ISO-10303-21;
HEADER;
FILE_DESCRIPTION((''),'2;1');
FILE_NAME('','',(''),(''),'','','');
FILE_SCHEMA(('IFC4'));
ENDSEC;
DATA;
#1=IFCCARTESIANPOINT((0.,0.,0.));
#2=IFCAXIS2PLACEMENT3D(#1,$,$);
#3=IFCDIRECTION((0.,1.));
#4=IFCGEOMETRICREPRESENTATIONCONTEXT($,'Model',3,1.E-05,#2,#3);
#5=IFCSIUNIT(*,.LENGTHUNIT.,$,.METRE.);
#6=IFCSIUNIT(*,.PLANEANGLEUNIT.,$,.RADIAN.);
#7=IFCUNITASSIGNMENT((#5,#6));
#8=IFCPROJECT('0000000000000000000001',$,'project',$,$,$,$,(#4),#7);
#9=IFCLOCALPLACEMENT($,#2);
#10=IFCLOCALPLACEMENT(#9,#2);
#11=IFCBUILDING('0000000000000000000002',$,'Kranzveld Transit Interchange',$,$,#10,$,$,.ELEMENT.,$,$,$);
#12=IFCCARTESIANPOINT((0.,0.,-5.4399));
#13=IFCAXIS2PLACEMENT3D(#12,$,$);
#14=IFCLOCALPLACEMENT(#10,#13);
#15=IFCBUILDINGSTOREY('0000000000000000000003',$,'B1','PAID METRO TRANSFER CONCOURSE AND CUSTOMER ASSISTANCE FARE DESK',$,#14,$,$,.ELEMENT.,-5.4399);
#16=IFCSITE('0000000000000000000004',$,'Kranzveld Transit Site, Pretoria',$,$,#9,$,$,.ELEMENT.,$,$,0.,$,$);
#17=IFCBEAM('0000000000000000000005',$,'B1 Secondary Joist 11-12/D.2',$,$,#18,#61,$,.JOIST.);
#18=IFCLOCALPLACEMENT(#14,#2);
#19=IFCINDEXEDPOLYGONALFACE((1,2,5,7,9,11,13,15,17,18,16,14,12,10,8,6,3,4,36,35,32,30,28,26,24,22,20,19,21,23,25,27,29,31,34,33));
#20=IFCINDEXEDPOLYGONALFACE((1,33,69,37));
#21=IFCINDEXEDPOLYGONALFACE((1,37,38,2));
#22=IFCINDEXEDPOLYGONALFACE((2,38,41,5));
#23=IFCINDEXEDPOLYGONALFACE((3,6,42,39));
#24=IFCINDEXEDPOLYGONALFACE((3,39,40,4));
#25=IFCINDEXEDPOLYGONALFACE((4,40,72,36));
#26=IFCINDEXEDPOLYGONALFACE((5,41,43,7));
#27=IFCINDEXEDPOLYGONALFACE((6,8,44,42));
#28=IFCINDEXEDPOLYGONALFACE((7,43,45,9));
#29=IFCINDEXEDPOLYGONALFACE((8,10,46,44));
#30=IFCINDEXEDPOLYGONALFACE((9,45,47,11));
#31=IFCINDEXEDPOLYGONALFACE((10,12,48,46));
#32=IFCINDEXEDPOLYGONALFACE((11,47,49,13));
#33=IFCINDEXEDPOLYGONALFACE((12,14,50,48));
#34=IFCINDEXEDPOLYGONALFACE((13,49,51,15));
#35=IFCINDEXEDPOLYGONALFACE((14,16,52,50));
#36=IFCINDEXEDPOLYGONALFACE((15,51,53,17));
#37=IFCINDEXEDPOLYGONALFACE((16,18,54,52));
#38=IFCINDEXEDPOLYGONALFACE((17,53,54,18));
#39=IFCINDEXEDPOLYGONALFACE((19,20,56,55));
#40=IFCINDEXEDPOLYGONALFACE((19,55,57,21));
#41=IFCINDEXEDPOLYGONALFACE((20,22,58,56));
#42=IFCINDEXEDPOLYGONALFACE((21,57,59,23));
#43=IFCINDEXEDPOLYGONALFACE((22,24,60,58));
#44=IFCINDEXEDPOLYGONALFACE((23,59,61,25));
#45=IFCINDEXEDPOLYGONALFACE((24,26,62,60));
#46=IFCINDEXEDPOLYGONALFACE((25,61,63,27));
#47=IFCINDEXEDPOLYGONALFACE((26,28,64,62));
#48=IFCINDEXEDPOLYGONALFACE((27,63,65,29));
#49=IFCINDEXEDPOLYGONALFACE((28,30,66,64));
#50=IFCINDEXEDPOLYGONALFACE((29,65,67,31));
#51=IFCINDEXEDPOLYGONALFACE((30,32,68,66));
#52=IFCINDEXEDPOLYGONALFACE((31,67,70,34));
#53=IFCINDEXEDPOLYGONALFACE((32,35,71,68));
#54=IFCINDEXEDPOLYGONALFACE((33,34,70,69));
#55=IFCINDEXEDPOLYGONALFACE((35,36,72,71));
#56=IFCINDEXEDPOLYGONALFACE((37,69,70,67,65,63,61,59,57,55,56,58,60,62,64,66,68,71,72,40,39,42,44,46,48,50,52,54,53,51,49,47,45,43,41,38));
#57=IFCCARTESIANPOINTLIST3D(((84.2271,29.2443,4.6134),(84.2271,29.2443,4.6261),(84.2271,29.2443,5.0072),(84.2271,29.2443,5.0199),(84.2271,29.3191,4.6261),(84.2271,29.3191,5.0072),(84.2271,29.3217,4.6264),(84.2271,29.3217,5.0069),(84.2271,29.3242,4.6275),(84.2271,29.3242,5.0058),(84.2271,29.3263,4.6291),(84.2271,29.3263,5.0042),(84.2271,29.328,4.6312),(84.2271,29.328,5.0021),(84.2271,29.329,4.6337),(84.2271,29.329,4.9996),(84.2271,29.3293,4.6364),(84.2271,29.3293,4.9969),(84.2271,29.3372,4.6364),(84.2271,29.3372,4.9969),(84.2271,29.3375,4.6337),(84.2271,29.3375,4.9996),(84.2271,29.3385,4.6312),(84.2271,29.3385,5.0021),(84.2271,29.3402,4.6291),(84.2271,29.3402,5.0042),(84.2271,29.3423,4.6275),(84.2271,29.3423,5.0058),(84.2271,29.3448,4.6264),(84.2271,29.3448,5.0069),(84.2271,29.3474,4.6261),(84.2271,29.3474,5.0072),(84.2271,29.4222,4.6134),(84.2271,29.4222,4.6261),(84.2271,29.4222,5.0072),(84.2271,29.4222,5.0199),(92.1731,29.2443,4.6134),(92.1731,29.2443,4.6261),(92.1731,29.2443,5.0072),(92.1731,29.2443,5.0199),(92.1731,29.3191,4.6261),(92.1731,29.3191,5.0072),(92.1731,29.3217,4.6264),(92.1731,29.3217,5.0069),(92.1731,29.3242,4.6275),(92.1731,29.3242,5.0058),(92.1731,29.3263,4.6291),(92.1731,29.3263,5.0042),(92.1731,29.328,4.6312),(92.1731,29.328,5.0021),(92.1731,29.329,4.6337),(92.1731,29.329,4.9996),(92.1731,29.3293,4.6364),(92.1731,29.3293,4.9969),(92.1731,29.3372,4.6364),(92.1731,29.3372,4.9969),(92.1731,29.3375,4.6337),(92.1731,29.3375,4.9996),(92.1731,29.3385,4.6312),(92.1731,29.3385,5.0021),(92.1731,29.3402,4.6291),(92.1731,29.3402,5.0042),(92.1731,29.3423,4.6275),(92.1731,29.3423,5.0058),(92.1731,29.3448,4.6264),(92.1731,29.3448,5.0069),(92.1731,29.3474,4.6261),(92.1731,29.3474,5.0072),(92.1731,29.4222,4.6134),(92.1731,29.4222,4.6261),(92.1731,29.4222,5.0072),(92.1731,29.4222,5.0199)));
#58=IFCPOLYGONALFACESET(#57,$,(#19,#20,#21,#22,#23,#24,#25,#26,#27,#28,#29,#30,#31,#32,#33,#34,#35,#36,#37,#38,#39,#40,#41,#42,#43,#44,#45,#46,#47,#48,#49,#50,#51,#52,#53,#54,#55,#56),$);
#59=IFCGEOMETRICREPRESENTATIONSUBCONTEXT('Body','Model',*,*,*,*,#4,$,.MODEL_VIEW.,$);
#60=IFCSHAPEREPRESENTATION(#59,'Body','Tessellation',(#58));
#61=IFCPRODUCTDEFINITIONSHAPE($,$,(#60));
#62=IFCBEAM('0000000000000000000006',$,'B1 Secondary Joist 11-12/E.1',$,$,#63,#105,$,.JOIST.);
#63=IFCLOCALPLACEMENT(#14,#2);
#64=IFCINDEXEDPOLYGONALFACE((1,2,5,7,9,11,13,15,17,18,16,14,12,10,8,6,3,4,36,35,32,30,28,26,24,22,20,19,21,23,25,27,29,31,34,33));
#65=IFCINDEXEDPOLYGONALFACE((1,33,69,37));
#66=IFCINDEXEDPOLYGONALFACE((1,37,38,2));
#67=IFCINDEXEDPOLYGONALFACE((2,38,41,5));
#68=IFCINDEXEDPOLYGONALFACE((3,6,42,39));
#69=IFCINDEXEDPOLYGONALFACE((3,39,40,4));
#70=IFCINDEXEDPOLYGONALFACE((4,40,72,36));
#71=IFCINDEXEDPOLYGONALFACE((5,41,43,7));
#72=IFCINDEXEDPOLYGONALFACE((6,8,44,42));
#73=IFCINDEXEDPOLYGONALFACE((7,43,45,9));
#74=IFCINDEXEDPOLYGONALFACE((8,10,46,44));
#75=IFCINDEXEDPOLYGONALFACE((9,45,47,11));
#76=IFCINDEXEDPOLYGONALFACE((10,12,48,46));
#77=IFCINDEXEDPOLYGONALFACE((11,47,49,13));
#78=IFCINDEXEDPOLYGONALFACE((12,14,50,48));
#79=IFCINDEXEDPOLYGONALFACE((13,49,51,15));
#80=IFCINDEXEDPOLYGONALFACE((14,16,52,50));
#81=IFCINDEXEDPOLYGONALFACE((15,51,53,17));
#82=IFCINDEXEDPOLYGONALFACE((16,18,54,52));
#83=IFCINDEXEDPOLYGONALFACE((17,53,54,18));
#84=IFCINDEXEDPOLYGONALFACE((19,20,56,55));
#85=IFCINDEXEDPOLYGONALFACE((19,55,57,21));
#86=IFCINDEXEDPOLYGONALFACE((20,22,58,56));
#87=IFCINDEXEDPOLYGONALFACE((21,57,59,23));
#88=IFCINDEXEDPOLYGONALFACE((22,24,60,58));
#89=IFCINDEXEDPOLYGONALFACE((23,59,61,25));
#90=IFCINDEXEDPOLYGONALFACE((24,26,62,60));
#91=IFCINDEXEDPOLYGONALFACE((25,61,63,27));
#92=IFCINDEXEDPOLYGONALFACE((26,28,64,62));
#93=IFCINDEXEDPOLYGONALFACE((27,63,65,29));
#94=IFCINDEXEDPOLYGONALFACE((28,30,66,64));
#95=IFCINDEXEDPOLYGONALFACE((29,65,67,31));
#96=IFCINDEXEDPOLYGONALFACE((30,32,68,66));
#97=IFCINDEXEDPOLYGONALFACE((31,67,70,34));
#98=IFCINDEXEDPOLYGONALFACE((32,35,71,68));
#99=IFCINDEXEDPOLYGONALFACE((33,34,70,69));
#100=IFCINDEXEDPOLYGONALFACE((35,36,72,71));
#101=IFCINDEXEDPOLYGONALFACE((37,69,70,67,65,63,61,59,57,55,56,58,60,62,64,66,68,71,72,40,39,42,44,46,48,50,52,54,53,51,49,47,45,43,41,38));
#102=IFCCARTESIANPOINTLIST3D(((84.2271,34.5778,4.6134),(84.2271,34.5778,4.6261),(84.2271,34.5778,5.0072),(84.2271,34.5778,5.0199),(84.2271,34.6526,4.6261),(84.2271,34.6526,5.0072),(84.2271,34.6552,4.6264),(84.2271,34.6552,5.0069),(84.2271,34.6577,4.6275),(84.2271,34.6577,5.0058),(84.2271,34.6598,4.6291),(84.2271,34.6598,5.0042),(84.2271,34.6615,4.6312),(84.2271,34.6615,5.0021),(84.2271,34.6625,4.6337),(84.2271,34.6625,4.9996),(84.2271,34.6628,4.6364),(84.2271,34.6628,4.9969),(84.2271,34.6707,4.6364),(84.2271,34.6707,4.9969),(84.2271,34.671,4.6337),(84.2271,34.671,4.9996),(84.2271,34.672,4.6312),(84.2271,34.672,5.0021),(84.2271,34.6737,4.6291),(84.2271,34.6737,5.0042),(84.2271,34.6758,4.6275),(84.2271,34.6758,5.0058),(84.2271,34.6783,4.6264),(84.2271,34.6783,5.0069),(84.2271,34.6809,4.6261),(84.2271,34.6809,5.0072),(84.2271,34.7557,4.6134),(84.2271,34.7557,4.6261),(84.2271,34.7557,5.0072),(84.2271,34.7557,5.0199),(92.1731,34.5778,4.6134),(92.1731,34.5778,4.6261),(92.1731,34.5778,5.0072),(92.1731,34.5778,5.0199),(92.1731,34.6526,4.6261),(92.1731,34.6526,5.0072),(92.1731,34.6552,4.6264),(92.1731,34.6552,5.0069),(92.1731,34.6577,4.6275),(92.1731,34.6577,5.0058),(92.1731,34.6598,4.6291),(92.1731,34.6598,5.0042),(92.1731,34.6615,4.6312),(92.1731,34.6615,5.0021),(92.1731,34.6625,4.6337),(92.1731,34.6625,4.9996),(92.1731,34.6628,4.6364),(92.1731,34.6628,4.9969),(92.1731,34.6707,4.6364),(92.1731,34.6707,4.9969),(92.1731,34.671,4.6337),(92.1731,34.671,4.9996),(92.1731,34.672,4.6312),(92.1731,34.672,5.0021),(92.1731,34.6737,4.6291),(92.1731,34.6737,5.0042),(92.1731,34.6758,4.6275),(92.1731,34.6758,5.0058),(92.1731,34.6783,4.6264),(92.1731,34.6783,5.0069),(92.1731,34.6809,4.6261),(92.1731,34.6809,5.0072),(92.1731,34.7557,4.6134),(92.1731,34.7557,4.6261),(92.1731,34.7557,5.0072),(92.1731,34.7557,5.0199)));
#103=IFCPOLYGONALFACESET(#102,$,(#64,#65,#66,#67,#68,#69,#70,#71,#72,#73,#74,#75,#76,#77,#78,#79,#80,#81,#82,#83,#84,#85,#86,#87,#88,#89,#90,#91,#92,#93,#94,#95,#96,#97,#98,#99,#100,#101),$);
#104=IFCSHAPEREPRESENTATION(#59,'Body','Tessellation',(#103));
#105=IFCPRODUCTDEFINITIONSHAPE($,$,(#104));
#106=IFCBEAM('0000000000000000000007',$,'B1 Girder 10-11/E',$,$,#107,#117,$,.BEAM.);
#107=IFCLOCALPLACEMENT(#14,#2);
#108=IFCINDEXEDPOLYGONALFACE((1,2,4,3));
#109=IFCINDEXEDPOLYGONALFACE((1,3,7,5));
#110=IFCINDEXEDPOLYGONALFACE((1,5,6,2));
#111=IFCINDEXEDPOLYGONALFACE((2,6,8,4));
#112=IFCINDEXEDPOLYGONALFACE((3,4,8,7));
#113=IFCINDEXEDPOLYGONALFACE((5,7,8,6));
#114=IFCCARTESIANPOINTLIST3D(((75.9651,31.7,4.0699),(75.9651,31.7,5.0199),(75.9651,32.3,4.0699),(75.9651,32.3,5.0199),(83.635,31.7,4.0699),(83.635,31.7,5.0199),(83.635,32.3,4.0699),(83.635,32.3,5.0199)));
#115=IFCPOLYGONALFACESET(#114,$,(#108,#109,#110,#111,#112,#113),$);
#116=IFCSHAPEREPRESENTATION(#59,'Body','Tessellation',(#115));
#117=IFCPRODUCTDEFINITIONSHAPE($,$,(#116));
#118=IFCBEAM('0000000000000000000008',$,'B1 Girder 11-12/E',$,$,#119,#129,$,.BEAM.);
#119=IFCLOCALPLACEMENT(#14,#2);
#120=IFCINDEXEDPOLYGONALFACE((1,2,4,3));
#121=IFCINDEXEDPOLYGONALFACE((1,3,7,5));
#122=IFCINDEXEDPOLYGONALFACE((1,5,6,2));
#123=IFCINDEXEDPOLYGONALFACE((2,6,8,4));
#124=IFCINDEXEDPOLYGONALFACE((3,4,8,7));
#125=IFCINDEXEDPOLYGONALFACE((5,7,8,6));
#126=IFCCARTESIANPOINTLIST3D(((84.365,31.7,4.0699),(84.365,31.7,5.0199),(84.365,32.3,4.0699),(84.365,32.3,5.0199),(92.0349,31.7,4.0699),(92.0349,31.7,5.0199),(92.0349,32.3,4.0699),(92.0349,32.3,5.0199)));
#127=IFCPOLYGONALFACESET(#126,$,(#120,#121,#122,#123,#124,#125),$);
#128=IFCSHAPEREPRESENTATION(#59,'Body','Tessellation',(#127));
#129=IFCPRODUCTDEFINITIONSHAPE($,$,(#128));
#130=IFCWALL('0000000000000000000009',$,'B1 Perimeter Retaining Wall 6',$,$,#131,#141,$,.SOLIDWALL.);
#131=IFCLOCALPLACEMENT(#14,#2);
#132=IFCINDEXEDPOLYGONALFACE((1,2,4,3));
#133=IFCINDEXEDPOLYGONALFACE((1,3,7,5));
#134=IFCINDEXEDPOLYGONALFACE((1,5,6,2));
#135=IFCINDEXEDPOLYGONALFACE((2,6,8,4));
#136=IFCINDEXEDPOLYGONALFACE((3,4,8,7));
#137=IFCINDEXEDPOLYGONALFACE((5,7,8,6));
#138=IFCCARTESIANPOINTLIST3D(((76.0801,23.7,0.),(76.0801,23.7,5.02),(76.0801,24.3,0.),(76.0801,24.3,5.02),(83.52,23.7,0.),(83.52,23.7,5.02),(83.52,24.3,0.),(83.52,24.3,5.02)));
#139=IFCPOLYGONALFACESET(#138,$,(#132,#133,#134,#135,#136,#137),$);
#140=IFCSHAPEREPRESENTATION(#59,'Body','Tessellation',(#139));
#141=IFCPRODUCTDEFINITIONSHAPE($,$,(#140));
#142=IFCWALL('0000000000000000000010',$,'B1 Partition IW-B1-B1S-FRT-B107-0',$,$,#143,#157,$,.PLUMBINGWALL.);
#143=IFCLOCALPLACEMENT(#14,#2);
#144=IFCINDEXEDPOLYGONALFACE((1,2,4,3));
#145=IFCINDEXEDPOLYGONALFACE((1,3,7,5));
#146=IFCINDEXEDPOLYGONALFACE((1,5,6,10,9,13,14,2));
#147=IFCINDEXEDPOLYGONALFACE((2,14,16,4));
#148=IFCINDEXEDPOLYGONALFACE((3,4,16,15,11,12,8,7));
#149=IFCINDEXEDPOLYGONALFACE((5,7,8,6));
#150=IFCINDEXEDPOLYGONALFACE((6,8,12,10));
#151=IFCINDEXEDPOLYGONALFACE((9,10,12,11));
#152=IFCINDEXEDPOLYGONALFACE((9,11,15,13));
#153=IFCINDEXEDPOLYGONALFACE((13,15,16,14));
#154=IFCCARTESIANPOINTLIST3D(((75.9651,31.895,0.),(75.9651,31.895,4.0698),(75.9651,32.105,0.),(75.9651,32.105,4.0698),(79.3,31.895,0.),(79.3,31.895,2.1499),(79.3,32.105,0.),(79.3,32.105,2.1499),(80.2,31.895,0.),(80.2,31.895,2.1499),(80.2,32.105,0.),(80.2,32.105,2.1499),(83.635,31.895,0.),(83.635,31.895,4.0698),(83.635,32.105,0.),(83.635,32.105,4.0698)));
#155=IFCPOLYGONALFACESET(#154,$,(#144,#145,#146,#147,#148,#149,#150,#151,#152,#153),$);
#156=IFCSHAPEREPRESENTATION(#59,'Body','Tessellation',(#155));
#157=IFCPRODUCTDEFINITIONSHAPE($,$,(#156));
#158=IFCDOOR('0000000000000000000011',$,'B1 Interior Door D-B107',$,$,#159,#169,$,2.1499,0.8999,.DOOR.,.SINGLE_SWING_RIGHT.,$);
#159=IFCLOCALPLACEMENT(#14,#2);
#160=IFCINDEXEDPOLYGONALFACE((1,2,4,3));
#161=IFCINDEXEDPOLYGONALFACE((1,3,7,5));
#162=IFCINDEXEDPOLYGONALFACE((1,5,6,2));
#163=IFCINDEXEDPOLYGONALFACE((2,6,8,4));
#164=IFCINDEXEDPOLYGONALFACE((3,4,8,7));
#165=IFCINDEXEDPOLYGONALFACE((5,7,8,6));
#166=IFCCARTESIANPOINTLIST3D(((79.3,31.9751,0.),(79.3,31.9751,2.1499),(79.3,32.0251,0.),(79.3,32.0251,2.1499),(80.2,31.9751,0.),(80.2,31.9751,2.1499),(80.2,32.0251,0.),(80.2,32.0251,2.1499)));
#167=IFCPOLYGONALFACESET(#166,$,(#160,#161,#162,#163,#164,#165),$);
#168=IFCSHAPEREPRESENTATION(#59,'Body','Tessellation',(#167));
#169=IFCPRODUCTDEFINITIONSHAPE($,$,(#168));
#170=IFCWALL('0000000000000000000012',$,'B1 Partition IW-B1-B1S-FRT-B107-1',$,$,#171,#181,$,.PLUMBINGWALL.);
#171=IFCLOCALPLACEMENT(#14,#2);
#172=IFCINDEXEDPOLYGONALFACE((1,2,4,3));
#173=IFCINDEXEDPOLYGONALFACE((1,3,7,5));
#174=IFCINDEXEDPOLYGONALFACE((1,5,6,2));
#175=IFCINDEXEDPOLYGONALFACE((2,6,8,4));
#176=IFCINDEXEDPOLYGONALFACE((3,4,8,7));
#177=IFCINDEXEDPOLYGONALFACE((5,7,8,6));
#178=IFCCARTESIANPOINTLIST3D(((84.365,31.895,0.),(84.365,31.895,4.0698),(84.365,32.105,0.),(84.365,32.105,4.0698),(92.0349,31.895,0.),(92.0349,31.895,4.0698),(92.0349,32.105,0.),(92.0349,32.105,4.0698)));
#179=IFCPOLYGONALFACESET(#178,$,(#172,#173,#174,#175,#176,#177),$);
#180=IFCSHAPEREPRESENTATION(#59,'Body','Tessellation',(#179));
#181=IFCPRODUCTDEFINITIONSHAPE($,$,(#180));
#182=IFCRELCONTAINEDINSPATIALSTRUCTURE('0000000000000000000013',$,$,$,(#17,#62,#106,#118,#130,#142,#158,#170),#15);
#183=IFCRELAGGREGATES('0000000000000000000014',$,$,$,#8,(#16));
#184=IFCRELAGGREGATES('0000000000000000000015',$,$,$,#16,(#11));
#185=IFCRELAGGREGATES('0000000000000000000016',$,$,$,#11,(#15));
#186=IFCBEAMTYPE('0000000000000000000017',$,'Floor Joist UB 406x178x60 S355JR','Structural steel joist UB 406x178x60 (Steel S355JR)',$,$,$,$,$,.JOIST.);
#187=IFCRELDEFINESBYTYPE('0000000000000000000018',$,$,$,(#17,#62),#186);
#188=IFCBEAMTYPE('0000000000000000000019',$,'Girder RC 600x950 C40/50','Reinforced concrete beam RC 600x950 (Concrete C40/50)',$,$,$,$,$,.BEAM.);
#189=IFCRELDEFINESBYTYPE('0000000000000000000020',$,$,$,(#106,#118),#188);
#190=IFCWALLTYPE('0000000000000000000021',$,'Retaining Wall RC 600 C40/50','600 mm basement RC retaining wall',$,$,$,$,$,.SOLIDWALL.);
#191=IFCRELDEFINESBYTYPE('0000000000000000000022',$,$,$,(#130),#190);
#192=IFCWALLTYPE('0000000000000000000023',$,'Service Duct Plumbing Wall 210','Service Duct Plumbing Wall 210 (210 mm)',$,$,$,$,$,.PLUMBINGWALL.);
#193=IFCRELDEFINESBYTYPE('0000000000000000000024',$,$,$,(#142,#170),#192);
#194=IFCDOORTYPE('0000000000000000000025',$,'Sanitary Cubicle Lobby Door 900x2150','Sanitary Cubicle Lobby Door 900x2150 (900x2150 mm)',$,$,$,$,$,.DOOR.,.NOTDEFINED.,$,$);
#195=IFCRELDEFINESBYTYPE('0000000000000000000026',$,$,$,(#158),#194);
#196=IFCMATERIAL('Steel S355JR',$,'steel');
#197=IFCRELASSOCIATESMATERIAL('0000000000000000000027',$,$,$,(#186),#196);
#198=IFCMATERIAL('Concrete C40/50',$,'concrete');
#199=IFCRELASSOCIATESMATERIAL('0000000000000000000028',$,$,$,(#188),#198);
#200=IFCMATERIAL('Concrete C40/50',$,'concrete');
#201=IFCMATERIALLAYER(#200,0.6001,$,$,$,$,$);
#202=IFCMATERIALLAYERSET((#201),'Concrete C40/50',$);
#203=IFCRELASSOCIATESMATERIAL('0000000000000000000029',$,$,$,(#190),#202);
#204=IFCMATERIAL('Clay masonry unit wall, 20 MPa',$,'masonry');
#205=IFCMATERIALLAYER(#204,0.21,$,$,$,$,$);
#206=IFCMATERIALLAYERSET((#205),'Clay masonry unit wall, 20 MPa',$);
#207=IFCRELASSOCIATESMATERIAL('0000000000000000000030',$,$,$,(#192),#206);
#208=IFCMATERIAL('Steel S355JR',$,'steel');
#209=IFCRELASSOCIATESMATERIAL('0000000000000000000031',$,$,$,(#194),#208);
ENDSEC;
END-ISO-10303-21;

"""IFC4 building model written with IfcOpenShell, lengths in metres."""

from ifc_helpers import new_model, si_unit, direction, frame, frame_2d, origin, origin_2d, place, context, subcontext, project, spatial, rectangle, i_section, extrude, material, layer, layer_set, material_profile, profile_set, type_object, element, fill, save


model = new_model("IFC4")

# Units and contexts
model_context = context("Model", 3, precision=1e-05, world=origin(), true_north=direction((0.0, 1.0)))
body_context = subcontext(model_context, "Body", "Model", "MODEL_VIEW")
ifc_project = project(units=[si_unit("LENGTHUNIT", "METRE"), si_unit("PLANEANGLEUNIT", "RADIAN")], contexts=[model_context])

# Site, building, storey
site_placement = place(None, origin())
site = spatial("IfcSite", under=ifc_project, at=site_placement, Name="Kranzveld Transit Site, Pretoria", CompositionType="ELEMENT", RefElevation=0.0)
building_placement = place(site_placement, origin())
building = spatial("IfcBuilding", under=site, at=building_placement, Name="Kranzveld Transit Interchange", CompositionType="ELEMENT")
storey_placement = place(building_placement, frame((0.0, 0.0, -5.4399)))
storey = spatial("IfcBuildingStorey", under=building, at=storey_placement, Name="B1", Description="PAID METRO TRANSFER CONCOURSE AND CUSTOMER ASSISTANCE FARE DESK", CompositionType="ELEMENT", Elevation=-5.4399)

# Beams
ifc_material_1 = material(Name="Steel S355JR", Category="steel")
ifc_material_profile_1 = material_profile(ifc_material_1, i_section(OverallWidth=0.178, OverallDepth=0.4065, WebThickness=0.0078, FlangeThickness=0.0127, FilletRadius=0.0103, at=origin_2d()), Name="UB 406x178x60")
ifc_profile_set_1 = profile_set([ifc_material_profile_1], Name="Steel S355JR")
beam_type_1 = type_object("IfcBeamType", Name="Floor Joist UB 406x178x60 S355JR", Description="Structural steel joist UB 406x178x60 (Steel S355JR)", PredefinedType="JOIST", material=ifc_profile_set_1)
for number, where, z_axis, x_axis, name in (
    (1, (84.2271, 29.3333, 4.8167), (1.0, 0.0, 0.0), (0.0, 1.0, 0.0), "B1 Secondary Joist 11-12/D.2"),
    (2, (84.2271, 34.6667, 4.8167), (1.0, 0.0, 0.0), (0.0, 1.0, 0.0), "B1 Secondary Joist 11-12/E.1"),
):
    element("IfcBeam", number, at=place(storey_placement, frame(where, z_axis=z_axis, x_axis=x_axis)), inside=storey, type_object=beam_type_1, Name=name, PredefinedType="JOIST", context=body_context, shape_type="SweptSolid", body=[
        extrude(i_section(OverallWidth=0.178, OverallDepth=0.4065, WebThickness=0.0078, FlangeThickness=0.0127, FilletRadius=0.0103, at=origin_2d()), origin(), (0.0, 0.0, 1.0), 7.946),
    ])
ifc_material_2 = material(Name="Concrete C40/50", Category="concrete")
ifc_material_profile_2 = material_profile(ifc_material_2, rectangle(XDim=0.6001, YDim=0.95, at=origin_2d()), Name="RC 600x950")
ifc_profile_set_2 = profile_set([ifc_material_profile_2], Name="Concrete C40/50")
beam_type_2 = type_object("IfcBeamType", Name="Girder RC 600x950 C40/50", Description="Reinforced concrete beam RC 600x950 (Concrete C40/50)", PredefinedType="BEAM", material=ifc_profile_set_2)
for number, where, z_axis, x_axis, name in (
    (3, (75.9651, 32.0, 4.5449), (1.0, 0.0, 0.0), (0.0, 1.0, 0.0), "B1 Girder 10-11/E"),
    (4, (84.365, 32.0, 4.5449), (1.0, 0.0, 0.0), (0.0, 1.0, 0.0), "B1 Girder 11-12/E"),
):
    element("IfcBeam", number, at=place(storey_placement, frame(where, z_axis=z_axis, x_axis=x_axis)), inside=storey, type_object=beam_type_2, Name=name, PredefinedType="BEAM", context=body_context, shape_type="SweptSolid", body=[
        extrude(rectangle(XDim=0.6001, YDim=0.95, at=origin_2d()), origin(), (0.0, 0.0, 1.0), 7.6699),
    ])

# Wall
ifc_material_3 = material(Name="Concrete C40/50", Category="concrete")
ifc_layer_1 = layer(ifc_material_3, 0.6001)
ifc_layer_set_1 = layer_set([ifc_layer_1], Name="Concrete C40/50")
wall_type_1 = type_object("IfcWallType", Name="Retaining Wall RC 600 C40/50", Description="600 mm basement RC retaining wall", PredefinedType="SOLIDWALL", material=ifc_layer_set_1)
wall_1_placement = place(storey_placement, frame((76.0801, 24.0, 0.0), z_axis=(0.0, 0.0, 1.0), x_axis=(1.0, 0.0, 0.0)))
element("IfcWall", 5, at=wall_1_placement, inside=storey, type_object=wall_type_1, Name="B1 Perimeter Retaining Wall 6", PredefinedType="SOLIDWALL", context=body_context, shape_type="SweptSolid", body=[
    extrude(rectangle(XDim=7.4399, YDim=0.6001, at=frame_2d((3.72, 0.0))), origin(), (0.0, 0.0, 1.0), 5.02),
])

# Wall, opening, door
ifc_material_4 = material(Name="Clay masonry unit wall, 20 MPa", Category="masonry")
ifc_layer_2 = layer(ifc_material_4, 0.21)
ifc_layer_set_2 = layer_set([ifc_layer_2], Name="Clay masonry unit wall, 20 MPa")
wall_type_2 = type_object("IfcWallType", Name="Service Duct Plumbing Wall 210", Description="Service Duct Plumbing Wall 210 (210 mm)", PredefinedType="PLUMBINGWALL", material=ifc_layer_set_2)
wall_2_placement = place(storey_placement, frame((75.9651, 32.0, 0.0), z_axis=(0.0, 0.0, 1.0), x_axis=(1.0, 0.0, 0.0)))
wall_2 = element("IfcWall", 6, at=wall_2_placement, inside=storey, type_object=wall_type_2, Name="B1 Partition IW-B1-B1S-FRT-B107-0", PredefinedType="PLUMBINGWALL", context=body_context, shape_type="SweptSolid", body=[
    extrude(rectangle(XDim=7.6699, YDim=0.21, at=frame_2d((3.835, 0.0))), origin(), (0.0, 0.0, 1.0), 4.0698),
])
opening_placement = place(wall_2_placement, frame((4.2349, 0.0, 0.0), z_axis=(0.0, 0.0, 1.0), x_axis=(-1.0, 0.0, 0.0)))
opening = element("IfcOpeningElement", 7, at=opening_placement, cuts=wall_2, PredefinedType="OPENING", context=body_context, shape_type="SweptSolid", body=[
    extrude(rectangle(XDim=0.8999, YDim=2.1499, at=frame_2d((0.45, 1.075))), frame((0.0, 0.115, 0.0), z_axis=(0.0, -1.0, 0.0), x_axis=(1.0, 0.0, 0.0)), (0.0, 0.0, 1.0), 0.23),
])
ifc_material_5 = material(Name="Steel S355JR", Category="steel")
door_type = type_object("IfcDoorType", Name="Sanitary Cubicle Lobby Door 900x2150", Description="Sanitary Cubicle Lobby Door 900x2150 (900x2150 mm)", OperationType="NOTDEFINED", PredefinedType="DOOR", material=ifc_material_5)
door_placement = place(opening_placement, origin())
door = element("IfcDoor", 8, at=door_placement, inside=storey, type_object=door_type, Name="B1 Interior Door D-B107", OperationType="SINGLE_SWING_RIGHT", OverallHeight=2.1499, OverallWidth=0.8999, PredefinedType="DOOR", context=body_context, shape_type="SweptSolid", body=[
    extrude(rectangle(XDim=0.8999, YDim=2.1499, at=frame_2d((0.45, 1.075))), frame((0.0, 0.0249, 0.0), z_axis=(0.0, -1.0, 0.0), x_axis=(1.0, 0.0, 0.0)), (0.0, 0.0, 1.0), 0.05),
])
fill(opening, door)

# Wall
wall_3_placement = place(storey_placement, frame((84.365, 32.0, 0.0), z_axis=(0.0, 0.0, 1.0), x_axis=(1.0, 0.0, 0.0)))
element("IfcWall", 9, at=wall_3_placement, inside=storey, type_object=wall_type_2, Name="B1 Partition IW-B1-B1S-FRT-B107-1", PredefinedType="PLUMBINGWALL", context=body_context, shape_type="SweptSolid", body=[
    extrude(rectangle(XDim=7.6699, YDim=0.21, at=frame_2d((3.835, 0.0))), origin(), (0.0, 0.0, 1.0), 4.0698),
])

save(model, "model.ifc")
